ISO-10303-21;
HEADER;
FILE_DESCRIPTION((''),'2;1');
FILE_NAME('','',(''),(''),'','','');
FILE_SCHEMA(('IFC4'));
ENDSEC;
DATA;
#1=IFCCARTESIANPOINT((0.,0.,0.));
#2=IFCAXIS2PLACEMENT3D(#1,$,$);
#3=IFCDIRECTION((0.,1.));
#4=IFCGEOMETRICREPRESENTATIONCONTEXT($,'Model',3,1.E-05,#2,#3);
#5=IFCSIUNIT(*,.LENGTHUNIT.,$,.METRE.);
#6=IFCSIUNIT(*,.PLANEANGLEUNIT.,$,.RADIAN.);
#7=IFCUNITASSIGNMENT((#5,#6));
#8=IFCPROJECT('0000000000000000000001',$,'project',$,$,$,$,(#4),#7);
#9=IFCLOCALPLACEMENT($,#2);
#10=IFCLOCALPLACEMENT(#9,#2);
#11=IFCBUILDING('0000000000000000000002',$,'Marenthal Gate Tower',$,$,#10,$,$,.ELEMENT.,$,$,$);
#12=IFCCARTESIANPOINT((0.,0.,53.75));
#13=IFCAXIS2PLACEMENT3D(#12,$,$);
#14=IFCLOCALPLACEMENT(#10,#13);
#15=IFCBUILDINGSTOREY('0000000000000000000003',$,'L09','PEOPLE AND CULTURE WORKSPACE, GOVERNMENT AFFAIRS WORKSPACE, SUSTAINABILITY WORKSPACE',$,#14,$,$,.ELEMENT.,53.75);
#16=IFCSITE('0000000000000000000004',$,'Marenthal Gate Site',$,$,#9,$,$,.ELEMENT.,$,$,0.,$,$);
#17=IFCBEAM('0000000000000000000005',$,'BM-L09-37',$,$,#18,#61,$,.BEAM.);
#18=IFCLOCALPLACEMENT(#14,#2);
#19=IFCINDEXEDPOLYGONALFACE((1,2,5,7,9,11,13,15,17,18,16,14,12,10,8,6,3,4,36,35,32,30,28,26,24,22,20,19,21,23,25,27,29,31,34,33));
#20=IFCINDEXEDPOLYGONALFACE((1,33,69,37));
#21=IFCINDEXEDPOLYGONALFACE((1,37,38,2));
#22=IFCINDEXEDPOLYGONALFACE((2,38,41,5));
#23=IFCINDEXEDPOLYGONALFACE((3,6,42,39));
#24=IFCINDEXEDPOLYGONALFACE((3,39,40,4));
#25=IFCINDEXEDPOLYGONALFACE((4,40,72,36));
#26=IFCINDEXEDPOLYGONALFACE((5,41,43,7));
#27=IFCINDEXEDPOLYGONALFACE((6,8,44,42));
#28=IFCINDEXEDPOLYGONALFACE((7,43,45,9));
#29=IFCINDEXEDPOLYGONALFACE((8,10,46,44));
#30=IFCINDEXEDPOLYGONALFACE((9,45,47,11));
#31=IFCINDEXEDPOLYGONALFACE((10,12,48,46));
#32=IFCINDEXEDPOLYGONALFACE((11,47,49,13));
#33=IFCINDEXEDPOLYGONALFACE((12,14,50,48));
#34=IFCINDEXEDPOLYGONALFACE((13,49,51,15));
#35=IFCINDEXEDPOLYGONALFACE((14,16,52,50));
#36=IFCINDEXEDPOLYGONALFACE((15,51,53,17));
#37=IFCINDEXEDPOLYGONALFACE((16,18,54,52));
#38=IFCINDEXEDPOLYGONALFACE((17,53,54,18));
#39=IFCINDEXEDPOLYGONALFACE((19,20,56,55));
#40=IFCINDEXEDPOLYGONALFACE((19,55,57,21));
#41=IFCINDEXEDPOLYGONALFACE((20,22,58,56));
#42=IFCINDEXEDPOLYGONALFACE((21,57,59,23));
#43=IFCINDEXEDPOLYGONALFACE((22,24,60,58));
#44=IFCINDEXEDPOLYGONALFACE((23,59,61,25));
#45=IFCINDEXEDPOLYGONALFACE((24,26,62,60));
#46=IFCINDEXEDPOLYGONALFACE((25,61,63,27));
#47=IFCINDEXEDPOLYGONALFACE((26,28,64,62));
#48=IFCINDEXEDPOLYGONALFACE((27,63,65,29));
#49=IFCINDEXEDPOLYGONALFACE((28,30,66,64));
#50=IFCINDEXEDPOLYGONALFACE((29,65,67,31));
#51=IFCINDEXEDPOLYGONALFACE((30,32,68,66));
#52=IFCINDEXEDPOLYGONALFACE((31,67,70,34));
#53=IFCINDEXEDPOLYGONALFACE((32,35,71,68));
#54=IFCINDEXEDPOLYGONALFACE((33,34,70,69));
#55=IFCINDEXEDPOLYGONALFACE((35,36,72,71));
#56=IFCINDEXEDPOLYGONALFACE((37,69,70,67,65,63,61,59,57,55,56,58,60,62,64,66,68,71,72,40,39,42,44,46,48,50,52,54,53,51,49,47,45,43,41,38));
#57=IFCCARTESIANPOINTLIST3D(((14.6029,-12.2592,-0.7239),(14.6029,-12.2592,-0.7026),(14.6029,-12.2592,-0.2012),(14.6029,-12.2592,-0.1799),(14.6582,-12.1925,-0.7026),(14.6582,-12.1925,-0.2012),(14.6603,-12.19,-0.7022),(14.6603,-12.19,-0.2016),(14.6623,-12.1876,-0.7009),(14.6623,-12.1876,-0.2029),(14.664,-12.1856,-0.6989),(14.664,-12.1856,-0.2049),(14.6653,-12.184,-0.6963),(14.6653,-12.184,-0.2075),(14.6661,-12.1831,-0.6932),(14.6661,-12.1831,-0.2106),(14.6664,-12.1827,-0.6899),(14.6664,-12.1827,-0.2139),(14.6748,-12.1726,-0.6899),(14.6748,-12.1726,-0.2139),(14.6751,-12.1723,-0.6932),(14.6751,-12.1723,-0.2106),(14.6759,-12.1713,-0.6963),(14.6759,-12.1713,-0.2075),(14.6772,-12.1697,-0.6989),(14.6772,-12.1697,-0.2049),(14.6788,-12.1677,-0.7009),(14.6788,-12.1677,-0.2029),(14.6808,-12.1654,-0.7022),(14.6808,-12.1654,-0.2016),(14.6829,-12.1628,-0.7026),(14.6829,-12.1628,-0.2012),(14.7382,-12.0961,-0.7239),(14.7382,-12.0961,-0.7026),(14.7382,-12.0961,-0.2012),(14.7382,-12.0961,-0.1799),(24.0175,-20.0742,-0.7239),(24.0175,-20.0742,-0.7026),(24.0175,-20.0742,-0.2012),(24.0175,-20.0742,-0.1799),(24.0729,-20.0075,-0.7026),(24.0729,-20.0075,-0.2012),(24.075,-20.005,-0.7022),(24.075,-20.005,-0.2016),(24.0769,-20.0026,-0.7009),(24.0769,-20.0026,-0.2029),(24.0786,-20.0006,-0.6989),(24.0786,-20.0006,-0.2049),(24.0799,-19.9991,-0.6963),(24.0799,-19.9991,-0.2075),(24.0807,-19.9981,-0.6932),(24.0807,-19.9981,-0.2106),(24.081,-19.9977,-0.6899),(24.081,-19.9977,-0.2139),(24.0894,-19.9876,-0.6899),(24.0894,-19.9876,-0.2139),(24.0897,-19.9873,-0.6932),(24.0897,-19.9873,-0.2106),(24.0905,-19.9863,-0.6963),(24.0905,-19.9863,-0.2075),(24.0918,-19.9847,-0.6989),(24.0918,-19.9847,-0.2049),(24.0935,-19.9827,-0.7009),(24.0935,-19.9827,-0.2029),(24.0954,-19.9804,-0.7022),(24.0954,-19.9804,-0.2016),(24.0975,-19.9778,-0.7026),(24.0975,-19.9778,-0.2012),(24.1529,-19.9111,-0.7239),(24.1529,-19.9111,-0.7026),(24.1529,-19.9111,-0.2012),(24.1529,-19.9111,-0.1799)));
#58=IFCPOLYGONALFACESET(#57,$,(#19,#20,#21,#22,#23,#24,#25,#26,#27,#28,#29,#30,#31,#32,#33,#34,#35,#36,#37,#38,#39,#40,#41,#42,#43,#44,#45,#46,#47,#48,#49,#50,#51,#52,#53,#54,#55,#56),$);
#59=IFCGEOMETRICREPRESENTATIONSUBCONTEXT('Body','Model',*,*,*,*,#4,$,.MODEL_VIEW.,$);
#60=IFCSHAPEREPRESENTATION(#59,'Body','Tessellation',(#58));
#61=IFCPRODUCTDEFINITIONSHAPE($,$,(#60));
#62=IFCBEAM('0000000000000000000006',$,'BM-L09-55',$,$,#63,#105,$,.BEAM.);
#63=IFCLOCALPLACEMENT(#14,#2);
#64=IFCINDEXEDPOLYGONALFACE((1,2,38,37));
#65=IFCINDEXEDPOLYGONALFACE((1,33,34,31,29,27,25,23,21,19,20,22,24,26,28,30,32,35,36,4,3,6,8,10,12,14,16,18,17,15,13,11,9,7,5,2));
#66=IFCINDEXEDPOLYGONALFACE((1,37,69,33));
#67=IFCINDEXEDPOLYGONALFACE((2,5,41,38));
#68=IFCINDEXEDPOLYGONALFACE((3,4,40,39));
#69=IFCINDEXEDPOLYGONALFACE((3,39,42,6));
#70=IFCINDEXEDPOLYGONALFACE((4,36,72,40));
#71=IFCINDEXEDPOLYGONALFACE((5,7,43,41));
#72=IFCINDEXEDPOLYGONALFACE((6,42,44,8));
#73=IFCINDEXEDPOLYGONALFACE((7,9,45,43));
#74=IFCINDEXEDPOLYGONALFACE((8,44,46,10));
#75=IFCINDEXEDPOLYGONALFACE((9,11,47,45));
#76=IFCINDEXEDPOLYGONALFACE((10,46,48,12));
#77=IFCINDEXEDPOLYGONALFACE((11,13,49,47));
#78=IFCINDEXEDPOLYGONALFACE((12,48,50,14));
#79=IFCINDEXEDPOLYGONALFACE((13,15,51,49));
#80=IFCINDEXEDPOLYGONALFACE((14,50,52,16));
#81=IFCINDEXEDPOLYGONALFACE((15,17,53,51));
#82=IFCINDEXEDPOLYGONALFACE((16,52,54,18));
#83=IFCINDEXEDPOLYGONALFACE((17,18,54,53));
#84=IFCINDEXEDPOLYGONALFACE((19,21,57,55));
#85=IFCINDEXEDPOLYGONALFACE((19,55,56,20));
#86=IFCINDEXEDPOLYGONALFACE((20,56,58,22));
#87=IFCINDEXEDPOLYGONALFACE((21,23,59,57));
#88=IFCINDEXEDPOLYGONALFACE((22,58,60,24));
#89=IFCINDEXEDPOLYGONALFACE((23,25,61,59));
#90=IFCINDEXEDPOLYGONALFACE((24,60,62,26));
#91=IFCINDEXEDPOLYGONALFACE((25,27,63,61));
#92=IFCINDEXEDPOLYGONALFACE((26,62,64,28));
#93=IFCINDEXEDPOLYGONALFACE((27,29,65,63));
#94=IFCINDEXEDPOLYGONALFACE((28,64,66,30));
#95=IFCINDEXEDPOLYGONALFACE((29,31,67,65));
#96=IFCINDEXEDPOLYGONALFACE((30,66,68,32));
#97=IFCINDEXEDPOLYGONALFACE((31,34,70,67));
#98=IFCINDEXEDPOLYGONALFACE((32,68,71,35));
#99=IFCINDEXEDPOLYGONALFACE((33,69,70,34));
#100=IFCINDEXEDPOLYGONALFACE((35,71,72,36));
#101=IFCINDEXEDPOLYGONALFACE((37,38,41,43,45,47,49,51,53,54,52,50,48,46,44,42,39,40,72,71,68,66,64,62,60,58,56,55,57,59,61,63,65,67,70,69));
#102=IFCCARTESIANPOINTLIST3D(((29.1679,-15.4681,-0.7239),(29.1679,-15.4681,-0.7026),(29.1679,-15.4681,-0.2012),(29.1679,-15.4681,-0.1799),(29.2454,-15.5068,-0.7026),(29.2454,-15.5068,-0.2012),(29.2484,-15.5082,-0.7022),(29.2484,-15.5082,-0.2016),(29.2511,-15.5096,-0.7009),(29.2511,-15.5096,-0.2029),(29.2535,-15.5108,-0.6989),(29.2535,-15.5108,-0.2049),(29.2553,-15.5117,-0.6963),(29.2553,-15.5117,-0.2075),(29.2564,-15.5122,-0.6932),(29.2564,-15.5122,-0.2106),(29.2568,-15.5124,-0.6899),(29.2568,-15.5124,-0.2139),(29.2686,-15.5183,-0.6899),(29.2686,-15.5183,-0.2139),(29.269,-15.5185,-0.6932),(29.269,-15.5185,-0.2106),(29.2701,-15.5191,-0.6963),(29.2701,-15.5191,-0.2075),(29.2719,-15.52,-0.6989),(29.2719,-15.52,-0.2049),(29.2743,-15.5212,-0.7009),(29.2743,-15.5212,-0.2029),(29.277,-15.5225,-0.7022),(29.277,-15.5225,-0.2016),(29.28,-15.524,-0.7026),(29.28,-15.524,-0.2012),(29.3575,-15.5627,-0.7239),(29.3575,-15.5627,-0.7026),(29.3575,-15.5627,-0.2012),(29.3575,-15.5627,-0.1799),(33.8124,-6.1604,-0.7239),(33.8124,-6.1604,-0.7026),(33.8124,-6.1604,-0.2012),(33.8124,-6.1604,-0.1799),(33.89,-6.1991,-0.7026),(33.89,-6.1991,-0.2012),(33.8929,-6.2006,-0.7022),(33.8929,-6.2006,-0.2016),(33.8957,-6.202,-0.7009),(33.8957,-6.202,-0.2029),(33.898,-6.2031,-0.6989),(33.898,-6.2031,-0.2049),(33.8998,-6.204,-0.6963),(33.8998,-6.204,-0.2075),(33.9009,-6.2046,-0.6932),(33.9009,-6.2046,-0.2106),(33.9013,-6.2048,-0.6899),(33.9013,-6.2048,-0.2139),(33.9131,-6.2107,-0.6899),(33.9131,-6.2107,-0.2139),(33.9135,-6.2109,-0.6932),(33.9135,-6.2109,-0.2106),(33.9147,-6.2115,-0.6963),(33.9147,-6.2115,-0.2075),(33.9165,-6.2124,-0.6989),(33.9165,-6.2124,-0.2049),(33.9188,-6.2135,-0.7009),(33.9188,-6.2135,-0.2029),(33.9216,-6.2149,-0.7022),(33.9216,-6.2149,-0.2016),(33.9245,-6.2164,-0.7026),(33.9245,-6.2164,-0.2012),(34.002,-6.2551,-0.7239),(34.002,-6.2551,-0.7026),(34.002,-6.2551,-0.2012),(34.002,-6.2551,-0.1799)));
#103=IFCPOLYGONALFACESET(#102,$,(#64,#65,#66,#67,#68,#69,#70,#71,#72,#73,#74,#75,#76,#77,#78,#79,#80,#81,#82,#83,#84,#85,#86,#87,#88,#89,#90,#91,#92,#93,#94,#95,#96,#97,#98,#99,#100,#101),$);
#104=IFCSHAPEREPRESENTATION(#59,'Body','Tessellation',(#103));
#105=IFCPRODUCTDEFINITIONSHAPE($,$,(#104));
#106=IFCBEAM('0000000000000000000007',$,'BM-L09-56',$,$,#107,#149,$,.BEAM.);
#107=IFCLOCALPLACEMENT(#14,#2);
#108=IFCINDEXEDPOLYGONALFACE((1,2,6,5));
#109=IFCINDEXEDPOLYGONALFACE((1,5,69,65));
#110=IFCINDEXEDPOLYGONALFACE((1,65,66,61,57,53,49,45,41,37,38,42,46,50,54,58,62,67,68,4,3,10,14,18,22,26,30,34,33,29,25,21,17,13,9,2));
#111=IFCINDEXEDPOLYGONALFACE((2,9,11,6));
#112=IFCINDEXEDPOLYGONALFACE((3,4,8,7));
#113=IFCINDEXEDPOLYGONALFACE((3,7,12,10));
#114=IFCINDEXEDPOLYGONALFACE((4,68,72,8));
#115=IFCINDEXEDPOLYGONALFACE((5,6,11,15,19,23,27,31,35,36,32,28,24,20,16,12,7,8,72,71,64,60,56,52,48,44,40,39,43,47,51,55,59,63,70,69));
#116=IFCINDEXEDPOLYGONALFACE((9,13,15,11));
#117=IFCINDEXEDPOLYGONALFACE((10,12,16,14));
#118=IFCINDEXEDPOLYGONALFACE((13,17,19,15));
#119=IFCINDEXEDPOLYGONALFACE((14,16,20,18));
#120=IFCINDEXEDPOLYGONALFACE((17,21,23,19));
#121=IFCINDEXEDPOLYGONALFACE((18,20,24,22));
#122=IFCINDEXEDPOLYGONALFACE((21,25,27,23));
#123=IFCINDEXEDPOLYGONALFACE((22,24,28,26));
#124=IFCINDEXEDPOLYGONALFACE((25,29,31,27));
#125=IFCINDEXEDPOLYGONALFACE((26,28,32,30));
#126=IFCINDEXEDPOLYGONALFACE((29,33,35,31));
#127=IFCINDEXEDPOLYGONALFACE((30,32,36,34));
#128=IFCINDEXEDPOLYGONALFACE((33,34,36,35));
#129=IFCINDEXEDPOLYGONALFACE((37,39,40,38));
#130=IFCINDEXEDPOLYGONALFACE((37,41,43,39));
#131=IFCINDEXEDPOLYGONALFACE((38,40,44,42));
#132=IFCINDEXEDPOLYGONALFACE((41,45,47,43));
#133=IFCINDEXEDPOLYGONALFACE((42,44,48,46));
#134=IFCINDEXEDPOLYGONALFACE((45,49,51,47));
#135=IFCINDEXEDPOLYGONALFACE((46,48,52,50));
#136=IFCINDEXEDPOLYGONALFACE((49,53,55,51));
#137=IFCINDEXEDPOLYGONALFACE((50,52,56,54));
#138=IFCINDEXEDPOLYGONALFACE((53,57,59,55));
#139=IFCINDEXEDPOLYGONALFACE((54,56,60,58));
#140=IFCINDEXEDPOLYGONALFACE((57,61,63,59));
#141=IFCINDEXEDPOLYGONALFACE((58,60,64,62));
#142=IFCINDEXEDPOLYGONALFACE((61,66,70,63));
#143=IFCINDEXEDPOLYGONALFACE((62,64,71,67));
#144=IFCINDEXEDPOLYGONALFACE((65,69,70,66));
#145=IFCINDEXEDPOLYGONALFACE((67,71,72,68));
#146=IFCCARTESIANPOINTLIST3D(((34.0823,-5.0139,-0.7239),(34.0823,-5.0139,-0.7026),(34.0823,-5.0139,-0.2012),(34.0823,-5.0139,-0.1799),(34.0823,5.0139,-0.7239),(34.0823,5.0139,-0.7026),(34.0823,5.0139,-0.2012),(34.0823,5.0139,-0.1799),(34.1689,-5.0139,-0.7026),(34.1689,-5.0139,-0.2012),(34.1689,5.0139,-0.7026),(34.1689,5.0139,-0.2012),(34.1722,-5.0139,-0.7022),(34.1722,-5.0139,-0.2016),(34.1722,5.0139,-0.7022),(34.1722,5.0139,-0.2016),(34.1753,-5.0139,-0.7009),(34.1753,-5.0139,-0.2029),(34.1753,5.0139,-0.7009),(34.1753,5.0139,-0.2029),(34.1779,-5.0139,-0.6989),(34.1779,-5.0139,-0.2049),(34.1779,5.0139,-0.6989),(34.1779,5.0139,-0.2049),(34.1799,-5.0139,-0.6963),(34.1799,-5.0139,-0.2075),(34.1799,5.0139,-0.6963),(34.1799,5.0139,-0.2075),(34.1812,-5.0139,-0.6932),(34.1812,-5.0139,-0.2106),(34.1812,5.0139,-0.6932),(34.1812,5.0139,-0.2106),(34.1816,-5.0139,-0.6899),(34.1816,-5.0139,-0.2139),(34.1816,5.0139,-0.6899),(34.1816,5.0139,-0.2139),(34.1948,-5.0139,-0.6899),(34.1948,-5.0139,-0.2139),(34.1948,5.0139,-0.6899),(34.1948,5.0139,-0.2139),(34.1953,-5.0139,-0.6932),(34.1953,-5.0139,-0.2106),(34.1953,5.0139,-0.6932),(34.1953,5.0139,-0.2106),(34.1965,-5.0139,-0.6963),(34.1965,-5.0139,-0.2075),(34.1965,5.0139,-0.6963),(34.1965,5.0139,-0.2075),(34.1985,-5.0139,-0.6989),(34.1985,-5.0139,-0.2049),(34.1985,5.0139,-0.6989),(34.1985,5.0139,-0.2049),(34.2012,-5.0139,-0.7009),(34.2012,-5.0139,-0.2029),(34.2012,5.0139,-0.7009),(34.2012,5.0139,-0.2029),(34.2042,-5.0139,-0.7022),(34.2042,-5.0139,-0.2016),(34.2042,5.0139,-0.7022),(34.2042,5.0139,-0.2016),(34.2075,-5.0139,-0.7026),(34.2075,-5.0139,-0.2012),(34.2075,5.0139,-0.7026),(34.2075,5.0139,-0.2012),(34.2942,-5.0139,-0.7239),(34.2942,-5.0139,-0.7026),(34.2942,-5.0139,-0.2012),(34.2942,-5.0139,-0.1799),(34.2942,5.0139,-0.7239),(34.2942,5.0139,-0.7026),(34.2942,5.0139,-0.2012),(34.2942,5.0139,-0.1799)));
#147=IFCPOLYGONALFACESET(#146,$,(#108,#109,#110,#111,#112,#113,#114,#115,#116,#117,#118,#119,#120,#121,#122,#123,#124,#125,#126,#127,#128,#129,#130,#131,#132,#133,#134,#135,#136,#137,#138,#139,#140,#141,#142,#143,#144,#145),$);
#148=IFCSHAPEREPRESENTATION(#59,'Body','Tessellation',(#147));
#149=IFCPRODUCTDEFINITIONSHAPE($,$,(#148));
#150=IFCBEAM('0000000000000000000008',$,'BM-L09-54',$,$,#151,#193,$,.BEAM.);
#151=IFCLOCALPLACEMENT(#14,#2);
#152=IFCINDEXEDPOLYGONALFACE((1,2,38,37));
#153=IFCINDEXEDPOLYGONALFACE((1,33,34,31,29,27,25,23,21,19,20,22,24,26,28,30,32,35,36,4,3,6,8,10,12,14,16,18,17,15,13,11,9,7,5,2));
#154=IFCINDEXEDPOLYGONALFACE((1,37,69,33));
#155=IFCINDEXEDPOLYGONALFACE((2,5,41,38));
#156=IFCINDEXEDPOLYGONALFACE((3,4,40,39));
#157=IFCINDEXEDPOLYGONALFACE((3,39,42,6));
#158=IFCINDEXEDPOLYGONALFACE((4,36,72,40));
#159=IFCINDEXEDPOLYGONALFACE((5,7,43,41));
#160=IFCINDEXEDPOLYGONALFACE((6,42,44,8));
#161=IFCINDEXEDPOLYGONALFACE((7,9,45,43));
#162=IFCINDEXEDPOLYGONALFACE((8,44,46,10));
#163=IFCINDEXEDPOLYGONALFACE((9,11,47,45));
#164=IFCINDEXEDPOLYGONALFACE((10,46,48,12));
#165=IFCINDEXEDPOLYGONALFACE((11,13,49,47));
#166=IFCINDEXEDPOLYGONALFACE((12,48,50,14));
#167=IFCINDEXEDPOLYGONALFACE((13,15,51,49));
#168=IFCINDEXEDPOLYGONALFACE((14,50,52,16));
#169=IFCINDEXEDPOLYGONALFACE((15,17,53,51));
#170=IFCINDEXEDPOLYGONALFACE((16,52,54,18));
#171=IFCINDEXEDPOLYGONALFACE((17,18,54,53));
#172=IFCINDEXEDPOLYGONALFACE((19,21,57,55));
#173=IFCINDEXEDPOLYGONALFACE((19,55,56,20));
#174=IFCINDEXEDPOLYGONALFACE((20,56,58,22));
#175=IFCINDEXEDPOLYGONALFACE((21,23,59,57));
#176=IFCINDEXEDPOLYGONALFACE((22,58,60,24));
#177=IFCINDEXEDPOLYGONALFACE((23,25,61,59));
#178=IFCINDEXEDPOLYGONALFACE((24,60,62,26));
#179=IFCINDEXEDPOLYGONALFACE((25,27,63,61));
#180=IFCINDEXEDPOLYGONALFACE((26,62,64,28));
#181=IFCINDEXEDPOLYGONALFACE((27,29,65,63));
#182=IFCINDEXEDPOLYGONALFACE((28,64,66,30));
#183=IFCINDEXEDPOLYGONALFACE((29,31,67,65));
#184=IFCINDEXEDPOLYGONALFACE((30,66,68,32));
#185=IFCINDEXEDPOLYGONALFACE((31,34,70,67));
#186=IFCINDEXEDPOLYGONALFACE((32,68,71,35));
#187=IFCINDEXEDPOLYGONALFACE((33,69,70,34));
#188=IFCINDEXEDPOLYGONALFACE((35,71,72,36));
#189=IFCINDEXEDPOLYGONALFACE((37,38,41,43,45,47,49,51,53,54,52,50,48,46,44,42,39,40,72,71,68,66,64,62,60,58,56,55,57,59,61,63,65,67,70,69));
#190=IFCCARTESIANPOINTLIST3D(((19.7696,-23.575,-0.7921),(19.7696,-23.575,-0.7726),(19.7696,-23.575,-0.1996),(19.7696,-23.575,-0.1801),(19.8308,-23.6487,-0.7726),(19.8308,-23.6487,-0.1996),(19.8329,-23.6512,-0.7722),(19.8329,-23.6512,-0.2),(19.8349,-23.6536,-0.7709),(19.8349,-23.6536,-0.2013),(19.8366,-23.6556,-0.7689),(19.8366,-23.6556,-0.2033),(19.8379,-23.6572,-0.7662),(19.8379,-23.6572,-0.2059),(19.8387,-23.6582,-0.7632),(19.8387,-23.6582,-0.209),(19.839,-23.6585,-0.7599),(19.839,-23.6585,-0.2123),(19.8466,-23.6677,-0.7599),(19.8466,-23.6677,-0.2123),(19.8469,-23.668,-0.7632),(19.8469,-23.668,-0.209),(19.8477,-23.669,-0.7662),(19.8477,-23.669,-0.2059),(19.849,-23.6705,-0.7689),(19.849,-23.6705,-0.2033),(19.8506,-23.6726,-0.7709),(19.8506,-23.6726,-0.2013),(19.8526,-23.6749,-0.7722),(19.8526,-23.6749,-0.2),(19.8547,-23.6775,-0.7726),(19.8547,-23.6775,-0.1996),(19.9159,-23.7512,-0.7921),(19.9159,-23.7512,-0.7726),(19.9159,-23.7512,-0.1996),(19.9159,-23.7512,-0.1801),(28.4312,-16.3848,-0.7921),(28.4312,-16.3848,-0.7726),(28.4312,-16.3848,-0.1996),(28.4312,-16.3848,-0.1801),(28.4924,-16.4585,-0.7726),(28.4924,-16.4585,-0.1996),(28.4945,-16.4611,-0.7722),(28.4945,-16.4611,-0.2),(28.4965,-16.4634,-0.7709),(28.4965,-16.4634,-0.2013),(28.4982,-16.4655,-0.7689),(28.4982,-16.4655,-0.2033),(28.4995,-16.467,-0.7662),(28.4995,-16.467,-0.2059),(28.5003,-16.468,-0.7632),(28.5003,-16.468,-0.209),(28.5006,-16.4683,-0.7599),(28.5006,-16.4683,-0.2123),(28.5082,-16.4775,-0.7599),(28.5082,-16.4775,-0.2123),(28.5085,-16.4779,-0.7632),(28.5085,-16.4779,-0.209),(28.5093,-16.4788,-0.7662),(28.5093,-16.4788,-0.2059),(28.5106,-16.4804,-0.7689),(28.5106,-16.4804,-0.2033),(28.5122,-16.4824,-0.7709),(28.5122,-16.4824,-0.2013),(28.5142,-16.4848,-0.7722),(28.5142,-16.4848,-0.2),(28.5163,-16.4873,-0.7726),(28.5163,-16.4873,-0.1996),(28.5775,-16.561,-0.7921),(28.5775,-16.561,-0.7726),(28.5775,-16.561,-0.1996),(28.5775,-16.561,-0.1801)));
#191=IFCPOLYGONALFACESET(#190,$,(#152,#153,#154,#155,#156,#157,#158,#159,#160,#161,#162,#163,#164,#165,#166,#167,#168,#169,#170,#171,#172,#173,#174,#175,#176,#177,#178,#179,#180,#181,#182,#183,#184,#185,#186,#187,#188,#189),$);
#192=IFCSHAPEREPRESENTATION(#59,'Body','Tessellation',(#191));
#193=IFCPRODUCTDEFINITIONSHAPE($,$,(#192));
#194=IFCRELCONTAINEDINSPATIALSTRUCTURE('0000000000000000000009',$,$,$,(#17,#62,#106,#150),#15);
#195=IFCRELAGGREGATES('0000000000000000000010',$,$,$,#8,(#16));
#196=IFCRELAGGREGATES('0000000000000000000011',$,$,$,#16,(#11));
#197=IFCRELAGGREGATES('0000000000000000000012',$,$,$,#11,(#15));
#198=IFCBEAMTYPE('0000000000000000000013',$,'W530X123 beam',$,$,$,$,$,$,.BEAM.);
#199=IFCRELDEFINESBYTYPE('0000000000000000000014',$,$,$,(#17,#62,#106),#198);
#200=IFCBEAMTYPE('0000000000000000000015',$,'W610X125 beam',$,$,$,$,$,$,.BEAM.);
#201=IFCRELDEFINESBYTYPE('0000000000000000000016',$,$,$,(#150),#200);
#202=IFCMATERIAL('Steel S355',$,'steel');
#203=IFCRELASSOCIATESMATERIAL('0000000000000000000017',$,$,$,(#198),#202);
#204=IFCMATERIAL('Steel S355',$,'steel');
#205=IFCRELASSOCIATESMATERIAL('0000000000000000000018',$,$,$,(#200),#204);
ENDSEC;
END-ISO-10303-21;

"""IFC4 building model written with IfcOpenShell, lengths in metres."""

from ifc_helpers import new_model, si_unit, direction, frame, origin, origin_2d, place, context, subcontext, project, spatial, i_section, extrude, material, material_profile, profile_set, type_object, element, save


model = new_model("IFC4")

# Units and contexts
model_context = context("Model", 3, precision=1e-05, world=origin(), true_north=direction((0.0, 1.0)))
body_context = subcontext(model_context, "Body", "Model", "MODEL_VIEW")
ifc_project = project(units=[si_unit("LENGTHUNIT", "METRE"), si_unit("PLANEANGLEUNIT", "RADIAN")], contexts=[model_context])

# Site, building, storey
site_placement = place(None, origin())
site = spatial("IfcSite", under=ifc_project, at=site_placement, Name="Marenthal Gate Site", CompositionType="ELEMENT", RefElevation=0.0)
building_placement = place(site_placement, origin())
building = spatial("IfcBuilding", under=site, at=building_placement, Name="Marenthal Gate Tower", CompositionType="ELEMENT")
storey_placement = place(building_placement, frame((0.0, 0.0, 53.75)))
storey = spatial("IfcBuildingStorey", under=building, at=storey_placement, Name="L09", Description="PEOPLE AND CULTURE WORKSPACE, GOVERNMENT AFFAIRS WORKSPACE, SUSTAINABILITY WORKSPACE", CompositionType="ELEMENT", Elevation=53.75)

# Beams
ifc_material_1 = material(Name="Steel S355", Category="steel")
ifc_material_profile_1 = material_profile(ifc_material_1, i_section(OverallWidth=0.2119, OverallDepth=0.5439, WebThickness=0.0132, FlangeThickness=0.0212, FilletRadius=0.0127, at=origin_2d()), Name="W530X123")
ifc_profile_set_1 = profile_set([ifc_material_profile_1], Name="Steel S355")
beam_type_1 = type_object("IfcBeamType", Name="W530X123 beam", PredefinedType="BEAM", material=ifc_profile_set_1)
beam_1_placement = place(storey_placement, frame((24.0852, -19.9927, -0.4519), z_axis=(-0.769447, 0.638711, 0.0), x_axis=(-0.638711, -0.769447, 0.0)))
element("IfcBeam", 1, at=beam_1_placement, inside=storey, type_object=beam_type_1, Name="BM-L09-37", PredefinedType="BEAM", context=body_context, shape_type="SweptSolid", body=[
    extrude(i_section(OverallWidth=0.2119, OverallDepth=0.5439, WebThickness=0.0132, FlangeThickness=0.0212, FilletRadius=0.0127, at=origin_2d()), origin(), (0.0, 0.0, 1.0), 12.2356),
])
beam_2_placement = place(storey_placement, frame((29.2627, -15.5154, -0.4519), z_axis=(0.4465, 0.894784, 0.0), x_axis=(-0.894784, 0.4465, 0.0)))
element("IfcBeam", 2, at=beam_2_placement, inside=storey, type_object=beam_type_1, Name="BM-L09-55", PredefinedType="BEAM", context=body_context, shape_type="SweptSolid", body=[
    extrude(i_section(OverallWidth=0.2119, OverallDepth=0.5439, WebThickness=0.0132, FlangeThickness=0.0212, FilletRadius=0.0127, at=origin_2d()), origin(), (0.0, 0.0, 1.0), 10.4021),
])
beam_3_placement = place(storey_placement, frame((34.1882, -5.0139, -0.4519), z_axis=(0.0, 1.0, 0.0), x_axis=(-1.0, 0.0, 0.0)))
element("IfcBeam", 3, at=beam_3_placement, inside=storey, type_object=beam_type_1, Name="BM-L09-56", PredefinedType="BEAM", context=body_context, shape_type="SweptSolid", body=[
    extrude(i_section(OverallWidth=0.2119, OverallDepth=0.5439, WebThickness=0.0132, FlangeThickness=0.0212, FilletRadius=0.0127, at=origin_2d()), origin(), (0.0, 0.0, 1.0), 10.0278),
])
ifc_material_2 = material(Name="Steel S355", Category="steel")
ifc_material_profile_2 = material_profile(ifc_material_2, i_section(OverallWidth=0.229, OverallDepth=0.6121, WebThickness=0.012, FlangeThickness=0.0195, FilletRadius=0.0127, at=origin_2d()), Name="W610X125")
ifc_profile_set_2 = profile_set([ifc_material_profile_2], Name="Steel S355")
beam_type_2 = type_object("IfcBeamType", Name="W610X125 beam", PredefinedType="BEAM", material=ifc_profile_set_2)
beam_4_placement = place(storey_placement, frame((19.8428, -23.6631, -0.4861), z_axis=(0.769436, 0.638724, 0.0), x_axis=(-0.638724, 0.769436, 0.0)))
element("IfcBeam", 4, at=beam_4_placement, inside=storey, type_object=beam_type_2, Name="BM-L09-54", PredefinedType="BEAM", context=body_context, shape_type="SweptSolid", body=[
    extrude(i_section(OverallWidth=0.229, OverallDepth=0.6121, WebThickness=0.012, FlangeThickness=0.0195, FilletRadius=0.0127, at=origin_2d()), origin(), (0.0, 0.0, 1.0), 11.2571),
])

save(model, "model.ifc")
